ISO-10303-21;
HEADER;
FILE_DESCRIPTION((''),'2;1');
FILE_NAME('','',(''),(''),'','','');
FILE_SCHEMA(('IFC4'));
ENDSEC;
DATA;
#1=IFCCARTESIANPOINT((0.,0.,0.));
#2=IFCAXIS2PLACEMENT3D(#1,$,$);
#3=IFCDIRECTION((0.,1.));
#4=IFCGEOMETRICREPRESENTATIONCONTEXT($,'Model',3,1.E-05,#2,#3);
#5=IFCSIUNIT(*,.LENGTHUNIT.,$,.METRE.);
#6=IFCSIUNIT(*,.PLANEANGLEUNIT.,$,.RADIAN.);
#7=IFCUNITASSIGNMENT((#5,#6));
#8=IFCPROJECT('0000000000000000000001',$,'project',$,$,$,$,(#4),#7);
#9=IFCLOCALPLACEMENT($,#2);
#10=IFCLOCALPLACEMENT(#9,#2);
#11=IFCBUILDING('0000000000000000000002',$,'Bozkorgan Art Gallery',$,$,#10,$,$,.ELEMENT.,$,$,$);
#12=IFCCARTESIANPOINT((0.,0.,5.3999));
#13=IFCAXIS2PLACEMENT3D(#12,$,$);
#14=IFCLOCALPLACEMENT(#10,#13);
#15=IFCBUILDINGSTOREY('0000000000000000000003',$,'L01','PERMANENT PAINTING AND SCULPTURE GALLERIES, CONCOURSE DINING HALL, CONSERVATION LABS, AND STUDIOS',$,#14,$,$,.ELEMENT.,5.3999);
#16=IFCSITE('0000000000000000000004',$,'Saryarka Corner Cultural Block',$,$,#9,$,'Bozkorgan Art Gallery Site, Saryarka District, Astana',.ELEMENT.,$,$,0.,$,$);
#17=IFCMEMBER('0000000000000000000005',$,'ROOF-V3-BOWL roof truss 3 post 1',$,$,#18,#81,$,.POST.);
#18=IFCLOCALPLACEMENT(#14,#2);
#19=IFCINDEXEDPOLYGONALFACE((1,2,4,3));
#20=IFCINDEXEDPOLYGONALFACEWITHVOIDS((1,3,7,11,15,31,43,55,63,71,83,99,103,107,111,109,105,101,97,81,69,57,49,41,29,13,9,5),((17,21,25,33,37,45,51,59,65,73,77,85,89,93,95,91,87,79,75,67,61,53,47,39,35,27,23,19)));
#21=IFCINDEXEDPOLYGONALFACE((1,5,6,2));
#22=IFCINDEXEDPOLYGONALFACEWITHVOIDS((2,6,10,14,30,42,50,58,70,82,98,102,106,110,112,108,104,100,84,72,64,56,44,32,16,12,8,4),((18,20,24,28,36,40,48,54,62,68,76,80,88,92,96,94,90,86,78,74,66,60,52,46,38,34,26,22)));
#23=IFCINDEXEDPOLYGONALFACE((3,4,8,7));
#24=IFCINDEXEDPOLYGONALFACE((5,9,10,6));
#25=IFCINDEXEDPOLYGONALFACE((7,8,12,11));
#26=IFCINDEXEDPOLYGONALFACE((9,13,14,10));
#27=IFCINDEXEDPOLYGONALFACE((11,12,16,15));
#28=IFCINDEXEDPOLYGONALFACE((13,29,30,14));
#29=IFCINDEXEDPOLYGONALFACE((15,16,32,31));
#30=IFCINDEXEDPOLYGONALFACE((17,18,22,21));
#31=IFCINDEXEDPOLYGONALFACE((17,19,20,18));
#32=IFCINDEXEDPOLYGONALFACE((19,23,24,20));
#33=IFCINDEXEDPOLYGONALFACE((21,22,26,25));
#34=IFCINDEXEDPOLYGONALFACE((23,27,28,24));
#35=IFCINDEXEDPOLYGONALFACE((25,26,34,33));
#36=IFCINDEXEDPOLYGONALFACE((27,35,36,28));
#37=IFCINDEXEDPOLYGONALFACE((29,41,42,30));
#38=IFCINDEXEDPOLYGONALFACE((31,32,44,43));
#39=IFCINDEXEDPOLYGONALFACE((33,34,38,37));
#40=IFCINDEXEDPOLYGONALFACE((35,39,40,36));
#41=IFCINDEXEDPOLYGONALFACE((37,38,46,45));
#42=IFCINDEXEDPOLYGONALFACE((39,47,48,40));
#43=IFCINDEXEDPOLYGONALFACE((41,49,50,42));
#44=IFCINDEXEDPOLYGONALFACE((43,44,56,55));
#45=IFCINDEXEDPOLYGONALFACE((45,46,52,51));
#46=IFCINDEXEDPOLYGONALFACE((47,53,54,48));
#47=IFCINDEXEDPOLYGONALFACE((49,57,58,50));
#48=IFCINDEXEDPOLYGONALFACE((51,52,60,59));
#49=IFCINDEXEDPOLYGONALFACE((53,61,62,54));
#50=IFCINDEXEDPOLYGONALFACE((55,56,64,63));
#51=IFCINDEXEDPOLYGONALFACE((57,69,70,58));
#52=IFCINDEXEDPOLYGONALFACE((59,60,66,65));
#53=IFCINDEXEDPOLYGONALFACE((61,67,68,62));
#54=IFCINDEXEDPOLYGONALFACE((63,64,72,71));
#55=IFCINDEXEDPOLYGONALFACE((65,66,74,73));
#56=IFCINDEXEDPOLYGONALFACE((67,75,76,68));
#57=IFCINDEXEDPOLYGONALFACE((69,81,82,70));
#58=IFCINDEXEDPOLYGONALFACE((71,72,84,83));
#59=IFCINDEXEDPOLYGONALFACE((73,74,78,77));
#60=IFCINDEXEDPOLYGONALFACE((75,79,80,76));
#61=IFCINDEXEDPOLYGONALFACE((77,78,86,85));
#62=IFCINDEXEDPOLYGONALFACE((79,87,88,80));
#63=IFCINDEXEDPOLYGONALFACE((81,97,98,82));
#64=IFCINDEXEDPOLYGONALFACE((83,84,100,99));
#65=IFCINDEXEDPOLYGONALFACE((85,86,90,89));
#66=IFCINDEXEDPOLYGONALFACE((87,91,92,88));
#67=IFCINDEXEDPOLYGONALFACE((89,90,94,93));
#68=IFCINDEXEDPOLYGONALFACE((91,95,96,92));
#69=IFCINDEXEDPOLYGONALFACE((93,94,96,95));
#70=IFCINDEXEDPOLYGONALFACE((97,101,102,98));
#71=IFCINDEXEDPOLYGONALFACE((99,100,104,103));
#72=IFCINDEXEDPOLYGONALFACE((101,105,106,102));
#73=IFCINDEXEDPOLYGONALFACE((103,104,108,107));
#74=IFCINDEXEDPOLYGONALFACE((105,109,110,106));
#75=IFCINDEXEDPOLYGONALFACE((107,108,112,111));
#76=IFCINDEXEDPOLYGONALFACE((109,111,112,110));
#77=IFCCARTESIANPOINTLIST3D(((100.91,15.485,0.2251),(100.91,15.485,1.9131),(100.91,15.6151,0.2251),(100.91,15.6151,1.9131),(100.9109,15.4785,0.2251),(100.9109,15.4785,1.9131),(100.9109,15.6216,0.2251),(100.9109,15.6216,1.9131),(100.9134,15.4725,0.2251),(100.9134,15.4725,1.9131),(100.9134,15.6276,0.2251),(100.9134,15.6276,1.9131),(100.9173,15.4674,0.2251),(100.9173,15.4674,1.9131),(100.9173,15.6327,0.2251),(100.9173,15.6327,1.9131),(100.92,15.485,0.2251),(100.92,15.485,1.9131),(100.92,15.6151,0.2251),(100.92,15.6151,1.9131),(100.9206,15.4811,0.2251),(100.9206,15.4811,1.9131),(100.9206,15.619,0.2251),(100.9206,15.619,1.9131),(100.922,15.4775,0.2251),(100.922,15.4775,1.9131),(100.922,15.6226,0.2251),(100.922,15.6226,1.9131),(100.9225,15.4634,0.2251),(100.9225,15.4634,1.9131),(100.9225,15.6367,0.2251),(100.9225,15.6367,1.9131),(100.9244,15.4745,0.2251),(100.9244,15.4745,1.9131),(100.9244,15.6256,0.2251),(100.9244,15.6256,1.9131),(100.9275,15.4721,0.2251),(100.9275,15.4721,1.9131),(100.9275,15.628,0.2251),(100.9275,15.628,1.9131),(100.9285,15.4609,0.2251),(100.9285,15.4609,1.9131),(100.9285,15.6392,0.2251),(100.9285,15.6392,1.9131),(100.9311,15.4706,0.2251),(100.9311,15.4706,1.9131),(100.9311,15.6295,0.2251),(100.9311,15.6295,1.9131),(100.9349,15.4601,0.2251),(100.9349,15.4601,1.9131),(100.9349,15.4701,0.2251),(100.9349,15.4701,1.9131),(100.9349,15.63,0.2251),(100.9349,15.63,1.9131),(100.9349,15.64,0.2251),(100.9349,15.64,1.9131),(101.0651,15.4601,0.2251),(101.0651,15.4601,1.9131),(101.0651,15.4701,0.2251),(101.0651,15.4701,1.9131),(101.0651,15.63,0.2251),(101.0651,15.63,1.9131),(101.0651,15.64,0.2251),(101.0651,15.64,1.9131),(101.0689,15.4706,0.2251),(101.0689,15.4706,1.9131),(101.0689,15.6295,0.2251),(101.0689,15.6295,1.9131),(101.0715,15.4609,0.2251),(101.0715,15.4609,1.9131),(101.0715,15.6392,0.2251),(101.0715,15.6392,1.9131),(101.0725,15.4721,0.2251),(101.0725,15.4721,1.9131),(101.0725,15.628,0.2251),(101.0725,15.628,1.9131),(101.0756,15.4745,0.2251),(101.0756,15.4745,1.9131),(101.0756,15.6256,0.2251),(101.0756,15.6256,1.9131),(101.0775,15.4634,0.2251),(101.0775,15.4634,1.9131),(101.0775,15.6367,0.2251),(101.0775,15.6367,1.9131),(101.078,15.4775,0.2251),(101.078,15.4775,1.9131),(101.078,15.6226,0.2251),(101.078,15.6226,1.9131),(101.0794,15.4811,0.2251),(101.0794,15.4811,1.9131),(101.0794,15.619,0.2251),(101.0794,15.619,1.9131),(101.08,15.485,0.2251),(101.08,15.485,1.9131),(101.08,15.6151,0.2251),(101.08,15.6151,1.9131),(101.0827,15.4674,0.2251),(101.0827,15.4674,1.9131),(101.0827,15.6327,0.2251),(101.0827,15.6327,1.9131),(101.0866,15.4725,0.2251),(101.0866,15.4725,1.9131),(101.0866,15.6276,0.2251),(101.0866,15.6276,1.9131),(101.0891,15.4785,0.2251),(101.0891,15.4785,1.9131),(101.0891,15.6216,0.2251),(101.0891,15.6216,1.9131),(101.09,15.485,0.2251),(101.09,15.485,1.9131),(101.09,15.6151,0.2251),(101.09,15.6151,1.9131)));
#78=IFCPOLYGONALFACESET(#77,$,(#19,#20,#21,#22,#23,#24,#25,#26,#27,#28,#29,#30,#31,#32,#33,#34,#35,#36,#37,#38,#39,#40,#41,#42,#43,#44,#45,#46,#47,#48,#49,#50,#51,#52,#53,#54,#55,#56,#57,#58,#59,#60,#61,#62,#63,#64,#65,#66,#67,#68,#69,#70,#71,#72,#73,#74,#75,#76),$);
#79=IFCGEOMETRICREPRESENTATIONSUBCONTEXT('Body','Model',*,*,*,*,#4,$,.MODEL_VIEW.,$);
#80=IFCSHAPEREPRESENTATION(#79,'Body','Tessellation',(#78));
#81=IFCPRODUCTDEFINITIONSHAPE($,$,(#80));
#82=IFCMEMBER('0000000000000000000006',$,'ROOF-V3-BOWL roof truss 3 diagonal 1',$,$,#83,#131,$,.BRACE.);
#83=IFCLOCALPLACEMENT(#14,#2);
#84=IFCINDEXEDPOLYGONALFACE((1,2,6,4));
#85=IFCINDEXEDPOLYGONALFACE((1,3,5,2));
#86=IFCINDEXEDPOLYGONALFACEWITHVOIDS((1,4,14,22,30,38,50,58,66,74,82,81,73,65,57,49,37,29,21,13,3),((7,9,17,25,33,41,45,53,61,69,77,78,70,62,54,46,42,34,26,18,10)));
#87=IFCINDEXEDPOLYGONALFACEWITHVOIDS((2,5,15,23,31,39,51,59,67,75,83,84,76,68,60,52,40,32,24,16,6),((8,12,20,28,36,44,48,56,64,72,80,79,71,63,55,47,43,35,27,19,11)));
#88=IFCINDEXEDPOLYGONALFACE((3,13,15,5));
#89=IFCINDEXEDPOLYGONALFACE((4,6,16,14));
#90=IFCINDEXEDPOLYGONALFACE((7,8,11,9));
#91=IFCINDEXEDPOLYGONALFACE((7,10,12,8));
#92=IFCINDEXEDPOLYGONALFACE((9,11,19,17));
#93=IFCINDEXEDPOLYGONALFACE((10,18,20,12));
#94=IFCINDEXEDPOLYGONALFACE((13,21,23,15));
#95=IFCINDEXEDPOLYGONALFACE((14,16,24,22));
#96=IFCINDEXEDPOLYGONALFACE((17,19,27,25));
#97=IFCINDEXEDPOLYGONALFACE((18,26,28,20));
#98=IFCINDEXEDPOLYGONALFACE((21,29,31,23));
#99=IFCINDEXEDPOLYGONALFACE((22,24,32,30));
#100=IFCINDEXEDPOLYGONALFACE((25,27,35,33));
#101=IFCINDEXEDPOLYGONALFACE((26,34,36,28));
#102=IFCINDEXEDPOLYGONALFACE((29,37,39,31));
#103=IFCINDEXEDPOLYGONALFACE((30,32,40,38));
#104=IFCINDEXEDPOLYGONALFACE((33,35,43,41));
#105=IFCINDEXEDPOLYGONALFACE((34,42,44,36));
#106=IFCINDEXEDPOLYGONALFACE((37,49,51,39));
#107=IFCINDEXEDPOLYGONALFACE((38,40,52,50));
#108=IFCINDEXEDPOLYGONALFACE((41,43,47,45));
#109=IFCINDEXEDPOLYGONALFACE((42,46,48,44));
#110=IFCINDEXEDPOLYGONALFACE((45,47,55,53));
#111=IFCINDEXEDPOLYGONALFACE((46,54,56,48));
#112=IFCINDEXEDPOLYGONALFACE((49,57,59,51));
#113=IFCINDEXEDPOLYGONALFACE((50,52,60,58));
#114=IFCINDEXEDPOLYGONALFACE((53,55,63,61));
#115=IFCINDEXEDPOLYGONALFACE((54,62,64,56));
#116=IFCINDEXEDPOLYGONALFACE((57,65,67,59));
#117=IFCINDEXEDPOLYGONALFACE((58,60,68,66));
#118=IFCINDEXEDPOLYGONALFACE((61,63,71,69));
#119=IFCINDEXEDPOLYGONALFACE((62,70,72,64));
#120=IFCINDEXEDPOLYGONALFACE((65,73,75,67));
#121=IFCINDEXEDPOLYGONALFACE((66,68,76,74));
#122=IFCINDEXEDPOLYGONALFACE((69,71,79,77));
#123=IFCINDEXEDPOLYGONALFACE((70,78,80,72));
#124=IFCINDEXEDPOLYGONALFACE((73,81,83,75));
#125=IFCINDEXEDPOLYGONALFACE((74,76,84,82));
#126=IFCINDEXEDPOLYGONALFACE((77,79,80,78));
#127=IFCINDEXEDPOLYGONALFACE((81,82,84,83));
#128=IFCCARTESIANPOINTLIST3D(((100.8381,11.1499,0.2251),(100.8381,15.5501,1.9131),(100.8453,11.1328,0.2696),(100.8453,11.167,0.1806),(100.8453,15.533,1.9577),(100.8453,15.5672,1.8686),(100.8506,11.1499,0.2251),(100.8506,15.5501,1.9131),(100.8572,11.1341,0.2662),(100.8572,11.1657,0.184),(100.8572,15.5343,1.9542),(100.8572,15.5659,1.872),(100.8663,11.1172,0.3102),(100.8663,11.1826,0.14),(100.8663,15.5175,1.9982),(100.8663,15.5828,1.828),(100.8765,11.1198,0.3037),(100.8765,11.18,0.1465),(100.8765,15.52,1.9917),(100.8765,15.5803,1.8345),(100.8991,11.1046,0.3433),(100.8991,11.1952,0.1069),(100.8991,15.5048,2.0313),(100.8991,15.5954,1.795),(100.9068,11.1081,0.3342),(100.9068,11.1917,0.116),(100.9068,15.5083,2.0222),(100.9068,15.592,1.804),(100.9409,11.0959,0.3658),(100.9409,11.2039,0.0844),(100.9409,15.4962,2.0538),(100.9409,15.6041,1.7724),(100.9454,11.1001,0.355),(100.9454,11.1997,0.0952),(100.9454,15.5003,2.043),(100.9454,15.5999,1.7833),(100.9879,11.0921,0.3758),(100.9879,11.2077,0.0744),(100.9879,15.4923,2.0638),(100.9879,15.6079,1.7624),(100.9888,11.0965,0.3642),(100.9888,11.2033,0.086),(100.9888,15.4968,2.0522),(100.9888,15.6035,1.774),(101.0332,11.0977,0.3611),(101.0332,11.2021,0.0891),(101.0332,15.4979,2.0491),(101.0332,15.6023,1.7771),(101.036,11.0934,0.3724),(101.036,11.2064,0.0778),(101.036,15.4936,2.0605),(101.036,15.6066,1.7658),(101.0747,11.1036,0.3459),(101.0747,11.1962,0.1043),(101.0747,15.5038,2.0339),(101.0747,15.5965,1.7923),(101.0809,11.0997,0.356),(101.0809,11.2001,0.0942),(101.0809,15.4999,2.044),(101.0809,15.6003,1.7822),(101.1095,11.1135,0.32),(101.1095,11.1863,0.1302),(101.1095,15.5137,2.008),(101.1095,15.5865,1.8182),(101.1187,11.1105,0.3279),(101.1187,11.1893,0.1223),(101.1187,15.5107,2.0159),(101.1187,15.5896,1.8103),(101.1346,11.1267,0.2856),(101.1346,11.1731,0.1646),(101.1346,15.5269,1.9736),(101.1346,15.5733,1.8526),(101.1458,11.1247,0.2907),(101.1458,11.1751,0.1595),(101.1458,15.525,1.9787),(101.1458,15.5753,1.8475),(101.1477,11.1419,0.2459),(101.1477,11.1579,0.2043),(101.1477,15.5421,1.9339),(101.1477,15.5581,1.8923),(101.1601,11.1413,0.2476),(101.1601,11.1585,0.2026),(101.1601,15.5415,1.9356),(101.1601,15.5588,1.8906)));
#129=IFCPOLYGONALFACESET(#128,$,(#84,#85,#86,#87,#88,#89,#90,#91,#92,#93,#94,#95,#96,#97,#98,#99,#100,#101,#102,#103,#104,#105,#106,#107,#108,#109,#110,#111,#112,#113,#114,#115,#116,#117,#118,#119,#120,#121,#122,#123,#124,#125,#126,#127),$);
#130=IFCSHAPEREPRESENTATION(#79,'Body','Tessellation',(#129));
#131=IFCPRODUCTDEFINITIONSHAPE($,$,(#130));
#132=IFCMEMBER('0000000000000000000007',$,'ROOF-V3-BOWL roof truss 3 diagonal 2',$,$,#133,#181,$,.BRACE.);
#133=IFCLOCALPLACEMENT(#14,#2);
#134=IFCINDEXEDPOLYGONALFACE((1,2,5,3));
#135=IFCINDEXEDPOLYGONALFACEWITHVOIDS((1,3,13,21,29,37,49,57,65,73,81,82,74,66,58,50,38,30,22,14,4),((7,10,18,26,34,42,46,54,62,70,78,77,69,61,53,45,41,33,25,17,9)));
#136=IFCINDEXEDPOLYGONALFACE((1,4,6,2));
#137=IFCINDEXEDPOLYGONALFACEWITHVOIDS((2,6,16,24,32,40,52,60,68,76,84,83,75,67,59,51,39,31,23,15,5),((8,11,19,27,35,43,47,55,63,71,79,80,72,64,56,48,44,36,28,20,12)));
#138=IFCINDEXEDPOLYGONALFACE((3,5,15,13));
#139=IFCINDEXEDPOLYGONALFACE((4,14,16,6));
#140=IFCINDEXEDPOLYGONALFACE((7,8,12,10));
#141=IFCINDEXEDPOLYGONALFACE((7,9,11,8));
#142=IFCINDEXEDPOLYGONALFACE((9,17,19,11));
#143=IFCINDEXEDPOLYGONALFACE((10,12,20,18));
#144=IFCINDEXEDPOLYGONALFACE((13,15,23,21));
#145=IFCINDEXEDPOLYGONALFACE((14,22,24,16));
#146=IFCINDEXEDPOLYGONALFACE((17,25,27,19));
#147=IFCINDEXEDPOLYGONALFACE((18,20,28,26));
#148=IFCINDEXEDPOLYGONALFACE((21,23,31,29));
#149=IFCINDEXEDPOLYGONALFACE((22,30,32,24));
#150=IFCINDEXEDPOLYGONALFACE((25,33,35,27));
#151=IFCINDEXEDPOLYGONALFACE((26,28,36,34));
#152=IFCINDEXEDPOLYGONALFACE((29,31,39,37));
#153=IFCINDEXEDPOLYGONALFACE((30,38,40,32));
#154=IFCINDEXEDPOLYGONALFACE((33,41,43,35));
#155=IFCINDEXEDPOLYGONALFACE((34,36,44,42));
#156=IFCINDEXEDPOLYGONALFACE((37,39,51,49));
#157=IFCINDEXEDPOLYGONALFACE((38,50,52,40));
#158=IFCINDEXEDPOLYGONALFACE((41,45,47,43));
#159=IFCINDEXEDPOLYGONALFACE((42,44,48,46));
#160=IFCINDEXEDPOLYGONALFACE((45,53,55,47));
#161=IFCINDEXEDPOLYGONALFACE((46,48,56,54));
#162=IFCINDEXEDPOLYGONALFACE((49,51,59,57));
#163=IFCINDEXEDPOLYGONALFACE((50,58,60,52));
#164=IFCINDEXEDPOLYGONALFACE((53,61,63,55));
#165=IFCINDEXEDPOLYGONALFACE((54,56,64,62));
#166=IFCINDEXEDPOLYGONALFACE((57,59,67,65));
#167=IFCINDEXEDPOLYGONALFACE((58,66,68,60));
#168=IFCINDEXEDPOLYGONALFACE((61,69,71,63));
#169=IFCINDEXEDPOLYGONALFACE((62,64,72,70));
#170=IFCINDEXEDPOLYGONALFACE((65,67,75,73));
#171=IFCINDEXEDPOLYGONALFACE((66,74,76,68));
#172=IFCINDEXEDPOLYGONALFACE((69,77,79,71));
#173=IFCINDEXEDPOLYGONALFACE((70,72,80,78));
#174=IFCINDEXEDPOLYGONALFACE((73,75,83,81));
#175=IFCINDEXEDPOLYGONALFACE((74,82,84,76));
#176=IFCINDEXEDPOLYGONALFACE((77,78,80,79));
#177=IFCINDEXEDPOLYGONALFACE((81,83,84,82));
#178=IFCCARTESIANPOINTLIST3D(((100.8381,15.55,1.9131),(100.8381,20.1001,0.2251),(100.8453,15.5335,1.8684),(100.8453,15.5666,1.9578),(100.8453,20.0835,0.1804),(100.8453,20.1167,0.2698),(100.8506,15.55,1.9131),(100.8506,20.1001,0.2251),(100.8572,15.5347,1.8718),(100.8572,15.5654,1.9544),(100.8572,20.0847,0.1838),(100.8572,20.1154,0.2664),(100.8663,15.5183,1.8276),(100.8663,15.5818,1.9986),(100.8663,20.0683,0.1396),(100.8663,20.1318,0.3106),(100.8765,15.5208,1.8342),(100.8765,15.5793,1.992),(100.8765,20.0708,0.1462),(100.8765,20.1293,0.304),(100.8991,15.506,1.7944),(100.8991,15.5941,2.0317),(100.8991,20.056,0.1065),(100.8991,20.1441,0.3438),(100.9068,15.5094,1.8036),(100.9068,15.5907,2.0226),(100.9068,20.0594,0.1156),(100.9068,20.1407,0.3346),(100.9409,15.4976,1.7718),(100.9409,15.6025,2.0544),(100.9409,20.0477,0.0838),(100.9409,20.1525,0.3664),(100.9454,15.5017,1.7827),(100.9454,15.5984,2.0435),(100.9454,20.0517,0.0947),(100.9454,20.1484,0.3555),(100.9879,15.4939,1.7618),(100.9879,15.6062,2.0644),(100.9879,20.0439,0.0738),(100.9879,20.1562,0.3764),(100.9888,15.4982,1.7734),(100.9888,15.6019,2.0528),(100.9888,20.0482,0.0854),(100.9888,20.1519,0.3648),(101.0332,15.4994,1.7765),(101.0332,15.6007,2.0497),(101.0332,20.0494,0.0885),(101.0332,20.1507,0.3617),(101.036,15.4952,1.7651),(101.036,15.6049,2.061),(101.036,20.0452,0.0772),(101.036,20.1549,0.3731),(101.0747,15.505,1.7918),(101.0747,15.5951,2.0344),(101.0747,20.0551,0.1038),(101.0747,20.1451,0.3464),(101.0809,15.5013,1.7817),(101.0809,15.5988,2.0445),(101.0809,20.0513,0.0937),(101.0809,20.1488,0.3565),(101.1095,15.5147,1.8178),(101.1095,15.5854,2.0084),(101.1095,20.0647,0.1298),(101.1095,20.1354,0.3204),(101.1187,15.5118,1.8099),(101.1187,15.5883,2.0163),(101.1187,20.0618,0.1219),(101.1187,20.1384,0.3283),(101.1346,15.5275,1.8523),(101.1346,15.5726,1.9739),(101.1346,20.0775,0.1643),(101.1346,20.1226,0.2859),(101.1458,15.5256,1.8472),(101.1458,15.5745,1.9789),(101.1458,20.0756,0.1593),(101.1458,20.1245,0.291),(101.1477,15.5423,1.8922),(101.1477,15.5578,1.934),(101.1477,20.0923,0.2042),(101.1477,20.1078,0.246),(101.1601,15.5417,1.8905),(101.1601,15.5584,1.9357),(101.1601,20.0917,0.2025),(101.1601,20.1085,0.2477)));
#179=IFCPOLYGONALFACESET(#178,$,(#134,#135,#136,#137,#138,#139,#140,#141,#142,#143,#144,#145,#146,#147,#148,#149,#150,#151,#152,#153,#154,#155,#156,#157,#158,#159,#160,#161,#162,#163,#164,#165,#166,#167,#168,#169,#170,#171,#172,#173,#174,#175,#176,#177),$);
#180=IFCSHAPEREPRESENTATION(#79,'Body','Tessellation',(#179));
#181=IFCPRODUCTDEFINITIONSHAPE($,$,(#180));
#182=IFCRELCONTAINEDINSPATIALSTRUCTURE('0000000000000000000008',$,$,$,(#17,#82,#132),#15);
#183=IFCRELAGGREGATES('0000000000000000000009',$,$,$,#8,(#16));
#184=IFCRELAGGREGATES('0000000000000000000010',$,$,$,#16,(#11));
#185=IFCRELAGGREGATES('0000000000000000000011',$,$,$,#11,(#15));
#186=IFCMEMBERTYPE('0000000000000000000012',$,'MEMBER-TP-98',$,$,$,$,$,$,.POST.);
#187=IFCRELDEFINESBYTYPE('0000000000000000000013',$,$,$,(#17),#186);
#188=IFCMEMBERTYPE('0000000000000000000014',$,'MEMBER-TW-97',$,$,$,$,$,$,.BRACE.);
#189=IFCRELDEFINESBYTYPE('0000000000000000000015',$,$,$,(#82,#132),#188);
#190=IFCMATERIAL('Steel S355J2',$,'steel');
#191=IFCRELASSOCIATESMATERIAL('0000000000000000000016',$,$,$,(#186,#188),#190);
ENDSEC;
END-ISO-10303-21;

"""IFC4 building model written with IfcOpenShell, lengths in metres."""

from ifc_helpers import new_model, si_unit, direction, frame, origin, origin_2d, place, context, subcontext, project, spatial, hollow_rectangle, hollow_circle, extrude, material, material_profile, profile_set, type_object, element, save


model = new_model("IFC4")

# Units and contexts
model_context = context("Model", 3, precision=1e-05, world=origin(), true_north=direction((0.0, 1.0)))
body_context = subcontext(model_context, "Body", "Model", "MODEL_VIEW")
ifc_project = project(units=[si_unit("LENGTHUNIT", "METRE"), si_unit("PLANEANGLEUNIT", "RADIAN")], contexts=[model_context])

# Site, building, storey
site_placement = place(None, origin())
site = spatial("IfcSite", under=ifc_project, at=site_placement, Name="Saryarka Corner Cultural Block", LongName="Bozkorgan Art Gallery Site, Saryarka District, Astana", CompositionType="ELEMENT", RefElevation=0.0)
building_placement = place(site_placement, origin())
building = spatial("IfcBuilding", under=site, at=building_placement, Name="Bozkorgan Art Gallery", CompositionType="ELEMENT")
storey_placement = place(building_placement, frame((0.0, 0.0, 5.3999)))
storey = spatial("IfcBuildingStorey", under=building, at=storey_placement, Name="L01", Description="PERMANENT PAINTING AND SCULPTURE GALLERIES, CONCOURSE DINING HALL, CONSERVATION LABS, AND STUDIOS", CompositionType="ELEMENT", Elevation=5.3999)

# Shared definitions
ifc_material_1 = material(Name="Steel S355J2", Category="steel")

# Members
ifc_material_profile_1 = material_profile(ifc_material_1, hollow_rectangle(XDim=0.1799, YDim=0.1799, WallThickness=0.01, InnerFilletRadius=0.0149, OuterFilletRadius=0.0249, at=origin_2d()), Name="SHS 180x180x10")
ifc_profile_set_1 = profile_set([ifc_material_profile_1], Name="Steel S355J2")
member_type_1 = type_object("IfcMemberType", Name="MEMBER-TP-98", PredefinedType="POST", material=ifc_profile_set_1)
member_1_placement = place(storey_placement, frame((101.0, 15.55, 0.2251), z_axis=(0.0, 0.0, 1.0), x_axis=(1.0, 0.0, 0.0)))
element("IfcMember", 1, at=member_1_placement, inside=storey, type_object=member_type_1, Name="ROOF-V3-BOWL roof truss 3 post 1", PredefinedType="POST", context=body_context, shape_type="SweptSolid", body=[
    extrude(hollow_rectangle(XDim=0.1799, YDim=0.1799, WallThickness=0.01, InnerFilletRadius=0.0149, OuterFilletRadius=0.0249, at=origin_2d()), origin(), (0.0, 0.0, 1.0), 1.688),
])
ifc_material_profile_2 = material_profile(ifc_material_1, hollow_circle(Radius=0.1619, WallThickness=0.0125, at=origin_2d()), Name="CHS 323.9x12.5")
ifc_profile_set_2 = profile_set([ifc_material_profile_2], Name="Steel S355J2")
member_type_2 = type_object("IfcMemberType", Name="MEMBER-TW-97", PredefinedType="BRACE", material=ifc_profile_set_2)
member_2_placement = place(storey_placement, frame((101.0, 11.1499, 0.2251), z_axis=(0.0, 0.933656, 0.35817), x_axis=(-1.0, 0.0, 0.0)))
element("IfcMember", 2, at=member_2_placement, inside=storey, type_object=member_type_2, Name="ROOF-V3-BOWL roof truss 3 diagonal 1", PredefinedType="BRACE", context=body_context, shape_type="SweptSolid", body=[
    extrude(hollow_circle(Radius=0.1619, WallThickness=0.0125, at=origin_2d()), origin(), (0.0, 0.0, 1.0), 4.7129),
])
member_3_placement = place(storey_placement, frame((101.0, 15.55, 1.9131), z_axis=(0.0, 0.937562, -0.347819), x_axis=(-1.0, 0.0, 0.0)))
element("IfcMember", 3, at=member_3_placement, inside=storey, type_object=member_type_2, Name="ROOF-V3-BOWL roof truss 3 diagonal 2", PredefinedType="BRACE", context=body_context, shape_type="SweptSolid", body=[
    extrude(hollow_circle(Radius=0.1619, WallThickness=0.0125, at=origin_2d()), origin(), (0.0, 0.0, 1.0), 4.853),
])

save(model, "model.ifc")
